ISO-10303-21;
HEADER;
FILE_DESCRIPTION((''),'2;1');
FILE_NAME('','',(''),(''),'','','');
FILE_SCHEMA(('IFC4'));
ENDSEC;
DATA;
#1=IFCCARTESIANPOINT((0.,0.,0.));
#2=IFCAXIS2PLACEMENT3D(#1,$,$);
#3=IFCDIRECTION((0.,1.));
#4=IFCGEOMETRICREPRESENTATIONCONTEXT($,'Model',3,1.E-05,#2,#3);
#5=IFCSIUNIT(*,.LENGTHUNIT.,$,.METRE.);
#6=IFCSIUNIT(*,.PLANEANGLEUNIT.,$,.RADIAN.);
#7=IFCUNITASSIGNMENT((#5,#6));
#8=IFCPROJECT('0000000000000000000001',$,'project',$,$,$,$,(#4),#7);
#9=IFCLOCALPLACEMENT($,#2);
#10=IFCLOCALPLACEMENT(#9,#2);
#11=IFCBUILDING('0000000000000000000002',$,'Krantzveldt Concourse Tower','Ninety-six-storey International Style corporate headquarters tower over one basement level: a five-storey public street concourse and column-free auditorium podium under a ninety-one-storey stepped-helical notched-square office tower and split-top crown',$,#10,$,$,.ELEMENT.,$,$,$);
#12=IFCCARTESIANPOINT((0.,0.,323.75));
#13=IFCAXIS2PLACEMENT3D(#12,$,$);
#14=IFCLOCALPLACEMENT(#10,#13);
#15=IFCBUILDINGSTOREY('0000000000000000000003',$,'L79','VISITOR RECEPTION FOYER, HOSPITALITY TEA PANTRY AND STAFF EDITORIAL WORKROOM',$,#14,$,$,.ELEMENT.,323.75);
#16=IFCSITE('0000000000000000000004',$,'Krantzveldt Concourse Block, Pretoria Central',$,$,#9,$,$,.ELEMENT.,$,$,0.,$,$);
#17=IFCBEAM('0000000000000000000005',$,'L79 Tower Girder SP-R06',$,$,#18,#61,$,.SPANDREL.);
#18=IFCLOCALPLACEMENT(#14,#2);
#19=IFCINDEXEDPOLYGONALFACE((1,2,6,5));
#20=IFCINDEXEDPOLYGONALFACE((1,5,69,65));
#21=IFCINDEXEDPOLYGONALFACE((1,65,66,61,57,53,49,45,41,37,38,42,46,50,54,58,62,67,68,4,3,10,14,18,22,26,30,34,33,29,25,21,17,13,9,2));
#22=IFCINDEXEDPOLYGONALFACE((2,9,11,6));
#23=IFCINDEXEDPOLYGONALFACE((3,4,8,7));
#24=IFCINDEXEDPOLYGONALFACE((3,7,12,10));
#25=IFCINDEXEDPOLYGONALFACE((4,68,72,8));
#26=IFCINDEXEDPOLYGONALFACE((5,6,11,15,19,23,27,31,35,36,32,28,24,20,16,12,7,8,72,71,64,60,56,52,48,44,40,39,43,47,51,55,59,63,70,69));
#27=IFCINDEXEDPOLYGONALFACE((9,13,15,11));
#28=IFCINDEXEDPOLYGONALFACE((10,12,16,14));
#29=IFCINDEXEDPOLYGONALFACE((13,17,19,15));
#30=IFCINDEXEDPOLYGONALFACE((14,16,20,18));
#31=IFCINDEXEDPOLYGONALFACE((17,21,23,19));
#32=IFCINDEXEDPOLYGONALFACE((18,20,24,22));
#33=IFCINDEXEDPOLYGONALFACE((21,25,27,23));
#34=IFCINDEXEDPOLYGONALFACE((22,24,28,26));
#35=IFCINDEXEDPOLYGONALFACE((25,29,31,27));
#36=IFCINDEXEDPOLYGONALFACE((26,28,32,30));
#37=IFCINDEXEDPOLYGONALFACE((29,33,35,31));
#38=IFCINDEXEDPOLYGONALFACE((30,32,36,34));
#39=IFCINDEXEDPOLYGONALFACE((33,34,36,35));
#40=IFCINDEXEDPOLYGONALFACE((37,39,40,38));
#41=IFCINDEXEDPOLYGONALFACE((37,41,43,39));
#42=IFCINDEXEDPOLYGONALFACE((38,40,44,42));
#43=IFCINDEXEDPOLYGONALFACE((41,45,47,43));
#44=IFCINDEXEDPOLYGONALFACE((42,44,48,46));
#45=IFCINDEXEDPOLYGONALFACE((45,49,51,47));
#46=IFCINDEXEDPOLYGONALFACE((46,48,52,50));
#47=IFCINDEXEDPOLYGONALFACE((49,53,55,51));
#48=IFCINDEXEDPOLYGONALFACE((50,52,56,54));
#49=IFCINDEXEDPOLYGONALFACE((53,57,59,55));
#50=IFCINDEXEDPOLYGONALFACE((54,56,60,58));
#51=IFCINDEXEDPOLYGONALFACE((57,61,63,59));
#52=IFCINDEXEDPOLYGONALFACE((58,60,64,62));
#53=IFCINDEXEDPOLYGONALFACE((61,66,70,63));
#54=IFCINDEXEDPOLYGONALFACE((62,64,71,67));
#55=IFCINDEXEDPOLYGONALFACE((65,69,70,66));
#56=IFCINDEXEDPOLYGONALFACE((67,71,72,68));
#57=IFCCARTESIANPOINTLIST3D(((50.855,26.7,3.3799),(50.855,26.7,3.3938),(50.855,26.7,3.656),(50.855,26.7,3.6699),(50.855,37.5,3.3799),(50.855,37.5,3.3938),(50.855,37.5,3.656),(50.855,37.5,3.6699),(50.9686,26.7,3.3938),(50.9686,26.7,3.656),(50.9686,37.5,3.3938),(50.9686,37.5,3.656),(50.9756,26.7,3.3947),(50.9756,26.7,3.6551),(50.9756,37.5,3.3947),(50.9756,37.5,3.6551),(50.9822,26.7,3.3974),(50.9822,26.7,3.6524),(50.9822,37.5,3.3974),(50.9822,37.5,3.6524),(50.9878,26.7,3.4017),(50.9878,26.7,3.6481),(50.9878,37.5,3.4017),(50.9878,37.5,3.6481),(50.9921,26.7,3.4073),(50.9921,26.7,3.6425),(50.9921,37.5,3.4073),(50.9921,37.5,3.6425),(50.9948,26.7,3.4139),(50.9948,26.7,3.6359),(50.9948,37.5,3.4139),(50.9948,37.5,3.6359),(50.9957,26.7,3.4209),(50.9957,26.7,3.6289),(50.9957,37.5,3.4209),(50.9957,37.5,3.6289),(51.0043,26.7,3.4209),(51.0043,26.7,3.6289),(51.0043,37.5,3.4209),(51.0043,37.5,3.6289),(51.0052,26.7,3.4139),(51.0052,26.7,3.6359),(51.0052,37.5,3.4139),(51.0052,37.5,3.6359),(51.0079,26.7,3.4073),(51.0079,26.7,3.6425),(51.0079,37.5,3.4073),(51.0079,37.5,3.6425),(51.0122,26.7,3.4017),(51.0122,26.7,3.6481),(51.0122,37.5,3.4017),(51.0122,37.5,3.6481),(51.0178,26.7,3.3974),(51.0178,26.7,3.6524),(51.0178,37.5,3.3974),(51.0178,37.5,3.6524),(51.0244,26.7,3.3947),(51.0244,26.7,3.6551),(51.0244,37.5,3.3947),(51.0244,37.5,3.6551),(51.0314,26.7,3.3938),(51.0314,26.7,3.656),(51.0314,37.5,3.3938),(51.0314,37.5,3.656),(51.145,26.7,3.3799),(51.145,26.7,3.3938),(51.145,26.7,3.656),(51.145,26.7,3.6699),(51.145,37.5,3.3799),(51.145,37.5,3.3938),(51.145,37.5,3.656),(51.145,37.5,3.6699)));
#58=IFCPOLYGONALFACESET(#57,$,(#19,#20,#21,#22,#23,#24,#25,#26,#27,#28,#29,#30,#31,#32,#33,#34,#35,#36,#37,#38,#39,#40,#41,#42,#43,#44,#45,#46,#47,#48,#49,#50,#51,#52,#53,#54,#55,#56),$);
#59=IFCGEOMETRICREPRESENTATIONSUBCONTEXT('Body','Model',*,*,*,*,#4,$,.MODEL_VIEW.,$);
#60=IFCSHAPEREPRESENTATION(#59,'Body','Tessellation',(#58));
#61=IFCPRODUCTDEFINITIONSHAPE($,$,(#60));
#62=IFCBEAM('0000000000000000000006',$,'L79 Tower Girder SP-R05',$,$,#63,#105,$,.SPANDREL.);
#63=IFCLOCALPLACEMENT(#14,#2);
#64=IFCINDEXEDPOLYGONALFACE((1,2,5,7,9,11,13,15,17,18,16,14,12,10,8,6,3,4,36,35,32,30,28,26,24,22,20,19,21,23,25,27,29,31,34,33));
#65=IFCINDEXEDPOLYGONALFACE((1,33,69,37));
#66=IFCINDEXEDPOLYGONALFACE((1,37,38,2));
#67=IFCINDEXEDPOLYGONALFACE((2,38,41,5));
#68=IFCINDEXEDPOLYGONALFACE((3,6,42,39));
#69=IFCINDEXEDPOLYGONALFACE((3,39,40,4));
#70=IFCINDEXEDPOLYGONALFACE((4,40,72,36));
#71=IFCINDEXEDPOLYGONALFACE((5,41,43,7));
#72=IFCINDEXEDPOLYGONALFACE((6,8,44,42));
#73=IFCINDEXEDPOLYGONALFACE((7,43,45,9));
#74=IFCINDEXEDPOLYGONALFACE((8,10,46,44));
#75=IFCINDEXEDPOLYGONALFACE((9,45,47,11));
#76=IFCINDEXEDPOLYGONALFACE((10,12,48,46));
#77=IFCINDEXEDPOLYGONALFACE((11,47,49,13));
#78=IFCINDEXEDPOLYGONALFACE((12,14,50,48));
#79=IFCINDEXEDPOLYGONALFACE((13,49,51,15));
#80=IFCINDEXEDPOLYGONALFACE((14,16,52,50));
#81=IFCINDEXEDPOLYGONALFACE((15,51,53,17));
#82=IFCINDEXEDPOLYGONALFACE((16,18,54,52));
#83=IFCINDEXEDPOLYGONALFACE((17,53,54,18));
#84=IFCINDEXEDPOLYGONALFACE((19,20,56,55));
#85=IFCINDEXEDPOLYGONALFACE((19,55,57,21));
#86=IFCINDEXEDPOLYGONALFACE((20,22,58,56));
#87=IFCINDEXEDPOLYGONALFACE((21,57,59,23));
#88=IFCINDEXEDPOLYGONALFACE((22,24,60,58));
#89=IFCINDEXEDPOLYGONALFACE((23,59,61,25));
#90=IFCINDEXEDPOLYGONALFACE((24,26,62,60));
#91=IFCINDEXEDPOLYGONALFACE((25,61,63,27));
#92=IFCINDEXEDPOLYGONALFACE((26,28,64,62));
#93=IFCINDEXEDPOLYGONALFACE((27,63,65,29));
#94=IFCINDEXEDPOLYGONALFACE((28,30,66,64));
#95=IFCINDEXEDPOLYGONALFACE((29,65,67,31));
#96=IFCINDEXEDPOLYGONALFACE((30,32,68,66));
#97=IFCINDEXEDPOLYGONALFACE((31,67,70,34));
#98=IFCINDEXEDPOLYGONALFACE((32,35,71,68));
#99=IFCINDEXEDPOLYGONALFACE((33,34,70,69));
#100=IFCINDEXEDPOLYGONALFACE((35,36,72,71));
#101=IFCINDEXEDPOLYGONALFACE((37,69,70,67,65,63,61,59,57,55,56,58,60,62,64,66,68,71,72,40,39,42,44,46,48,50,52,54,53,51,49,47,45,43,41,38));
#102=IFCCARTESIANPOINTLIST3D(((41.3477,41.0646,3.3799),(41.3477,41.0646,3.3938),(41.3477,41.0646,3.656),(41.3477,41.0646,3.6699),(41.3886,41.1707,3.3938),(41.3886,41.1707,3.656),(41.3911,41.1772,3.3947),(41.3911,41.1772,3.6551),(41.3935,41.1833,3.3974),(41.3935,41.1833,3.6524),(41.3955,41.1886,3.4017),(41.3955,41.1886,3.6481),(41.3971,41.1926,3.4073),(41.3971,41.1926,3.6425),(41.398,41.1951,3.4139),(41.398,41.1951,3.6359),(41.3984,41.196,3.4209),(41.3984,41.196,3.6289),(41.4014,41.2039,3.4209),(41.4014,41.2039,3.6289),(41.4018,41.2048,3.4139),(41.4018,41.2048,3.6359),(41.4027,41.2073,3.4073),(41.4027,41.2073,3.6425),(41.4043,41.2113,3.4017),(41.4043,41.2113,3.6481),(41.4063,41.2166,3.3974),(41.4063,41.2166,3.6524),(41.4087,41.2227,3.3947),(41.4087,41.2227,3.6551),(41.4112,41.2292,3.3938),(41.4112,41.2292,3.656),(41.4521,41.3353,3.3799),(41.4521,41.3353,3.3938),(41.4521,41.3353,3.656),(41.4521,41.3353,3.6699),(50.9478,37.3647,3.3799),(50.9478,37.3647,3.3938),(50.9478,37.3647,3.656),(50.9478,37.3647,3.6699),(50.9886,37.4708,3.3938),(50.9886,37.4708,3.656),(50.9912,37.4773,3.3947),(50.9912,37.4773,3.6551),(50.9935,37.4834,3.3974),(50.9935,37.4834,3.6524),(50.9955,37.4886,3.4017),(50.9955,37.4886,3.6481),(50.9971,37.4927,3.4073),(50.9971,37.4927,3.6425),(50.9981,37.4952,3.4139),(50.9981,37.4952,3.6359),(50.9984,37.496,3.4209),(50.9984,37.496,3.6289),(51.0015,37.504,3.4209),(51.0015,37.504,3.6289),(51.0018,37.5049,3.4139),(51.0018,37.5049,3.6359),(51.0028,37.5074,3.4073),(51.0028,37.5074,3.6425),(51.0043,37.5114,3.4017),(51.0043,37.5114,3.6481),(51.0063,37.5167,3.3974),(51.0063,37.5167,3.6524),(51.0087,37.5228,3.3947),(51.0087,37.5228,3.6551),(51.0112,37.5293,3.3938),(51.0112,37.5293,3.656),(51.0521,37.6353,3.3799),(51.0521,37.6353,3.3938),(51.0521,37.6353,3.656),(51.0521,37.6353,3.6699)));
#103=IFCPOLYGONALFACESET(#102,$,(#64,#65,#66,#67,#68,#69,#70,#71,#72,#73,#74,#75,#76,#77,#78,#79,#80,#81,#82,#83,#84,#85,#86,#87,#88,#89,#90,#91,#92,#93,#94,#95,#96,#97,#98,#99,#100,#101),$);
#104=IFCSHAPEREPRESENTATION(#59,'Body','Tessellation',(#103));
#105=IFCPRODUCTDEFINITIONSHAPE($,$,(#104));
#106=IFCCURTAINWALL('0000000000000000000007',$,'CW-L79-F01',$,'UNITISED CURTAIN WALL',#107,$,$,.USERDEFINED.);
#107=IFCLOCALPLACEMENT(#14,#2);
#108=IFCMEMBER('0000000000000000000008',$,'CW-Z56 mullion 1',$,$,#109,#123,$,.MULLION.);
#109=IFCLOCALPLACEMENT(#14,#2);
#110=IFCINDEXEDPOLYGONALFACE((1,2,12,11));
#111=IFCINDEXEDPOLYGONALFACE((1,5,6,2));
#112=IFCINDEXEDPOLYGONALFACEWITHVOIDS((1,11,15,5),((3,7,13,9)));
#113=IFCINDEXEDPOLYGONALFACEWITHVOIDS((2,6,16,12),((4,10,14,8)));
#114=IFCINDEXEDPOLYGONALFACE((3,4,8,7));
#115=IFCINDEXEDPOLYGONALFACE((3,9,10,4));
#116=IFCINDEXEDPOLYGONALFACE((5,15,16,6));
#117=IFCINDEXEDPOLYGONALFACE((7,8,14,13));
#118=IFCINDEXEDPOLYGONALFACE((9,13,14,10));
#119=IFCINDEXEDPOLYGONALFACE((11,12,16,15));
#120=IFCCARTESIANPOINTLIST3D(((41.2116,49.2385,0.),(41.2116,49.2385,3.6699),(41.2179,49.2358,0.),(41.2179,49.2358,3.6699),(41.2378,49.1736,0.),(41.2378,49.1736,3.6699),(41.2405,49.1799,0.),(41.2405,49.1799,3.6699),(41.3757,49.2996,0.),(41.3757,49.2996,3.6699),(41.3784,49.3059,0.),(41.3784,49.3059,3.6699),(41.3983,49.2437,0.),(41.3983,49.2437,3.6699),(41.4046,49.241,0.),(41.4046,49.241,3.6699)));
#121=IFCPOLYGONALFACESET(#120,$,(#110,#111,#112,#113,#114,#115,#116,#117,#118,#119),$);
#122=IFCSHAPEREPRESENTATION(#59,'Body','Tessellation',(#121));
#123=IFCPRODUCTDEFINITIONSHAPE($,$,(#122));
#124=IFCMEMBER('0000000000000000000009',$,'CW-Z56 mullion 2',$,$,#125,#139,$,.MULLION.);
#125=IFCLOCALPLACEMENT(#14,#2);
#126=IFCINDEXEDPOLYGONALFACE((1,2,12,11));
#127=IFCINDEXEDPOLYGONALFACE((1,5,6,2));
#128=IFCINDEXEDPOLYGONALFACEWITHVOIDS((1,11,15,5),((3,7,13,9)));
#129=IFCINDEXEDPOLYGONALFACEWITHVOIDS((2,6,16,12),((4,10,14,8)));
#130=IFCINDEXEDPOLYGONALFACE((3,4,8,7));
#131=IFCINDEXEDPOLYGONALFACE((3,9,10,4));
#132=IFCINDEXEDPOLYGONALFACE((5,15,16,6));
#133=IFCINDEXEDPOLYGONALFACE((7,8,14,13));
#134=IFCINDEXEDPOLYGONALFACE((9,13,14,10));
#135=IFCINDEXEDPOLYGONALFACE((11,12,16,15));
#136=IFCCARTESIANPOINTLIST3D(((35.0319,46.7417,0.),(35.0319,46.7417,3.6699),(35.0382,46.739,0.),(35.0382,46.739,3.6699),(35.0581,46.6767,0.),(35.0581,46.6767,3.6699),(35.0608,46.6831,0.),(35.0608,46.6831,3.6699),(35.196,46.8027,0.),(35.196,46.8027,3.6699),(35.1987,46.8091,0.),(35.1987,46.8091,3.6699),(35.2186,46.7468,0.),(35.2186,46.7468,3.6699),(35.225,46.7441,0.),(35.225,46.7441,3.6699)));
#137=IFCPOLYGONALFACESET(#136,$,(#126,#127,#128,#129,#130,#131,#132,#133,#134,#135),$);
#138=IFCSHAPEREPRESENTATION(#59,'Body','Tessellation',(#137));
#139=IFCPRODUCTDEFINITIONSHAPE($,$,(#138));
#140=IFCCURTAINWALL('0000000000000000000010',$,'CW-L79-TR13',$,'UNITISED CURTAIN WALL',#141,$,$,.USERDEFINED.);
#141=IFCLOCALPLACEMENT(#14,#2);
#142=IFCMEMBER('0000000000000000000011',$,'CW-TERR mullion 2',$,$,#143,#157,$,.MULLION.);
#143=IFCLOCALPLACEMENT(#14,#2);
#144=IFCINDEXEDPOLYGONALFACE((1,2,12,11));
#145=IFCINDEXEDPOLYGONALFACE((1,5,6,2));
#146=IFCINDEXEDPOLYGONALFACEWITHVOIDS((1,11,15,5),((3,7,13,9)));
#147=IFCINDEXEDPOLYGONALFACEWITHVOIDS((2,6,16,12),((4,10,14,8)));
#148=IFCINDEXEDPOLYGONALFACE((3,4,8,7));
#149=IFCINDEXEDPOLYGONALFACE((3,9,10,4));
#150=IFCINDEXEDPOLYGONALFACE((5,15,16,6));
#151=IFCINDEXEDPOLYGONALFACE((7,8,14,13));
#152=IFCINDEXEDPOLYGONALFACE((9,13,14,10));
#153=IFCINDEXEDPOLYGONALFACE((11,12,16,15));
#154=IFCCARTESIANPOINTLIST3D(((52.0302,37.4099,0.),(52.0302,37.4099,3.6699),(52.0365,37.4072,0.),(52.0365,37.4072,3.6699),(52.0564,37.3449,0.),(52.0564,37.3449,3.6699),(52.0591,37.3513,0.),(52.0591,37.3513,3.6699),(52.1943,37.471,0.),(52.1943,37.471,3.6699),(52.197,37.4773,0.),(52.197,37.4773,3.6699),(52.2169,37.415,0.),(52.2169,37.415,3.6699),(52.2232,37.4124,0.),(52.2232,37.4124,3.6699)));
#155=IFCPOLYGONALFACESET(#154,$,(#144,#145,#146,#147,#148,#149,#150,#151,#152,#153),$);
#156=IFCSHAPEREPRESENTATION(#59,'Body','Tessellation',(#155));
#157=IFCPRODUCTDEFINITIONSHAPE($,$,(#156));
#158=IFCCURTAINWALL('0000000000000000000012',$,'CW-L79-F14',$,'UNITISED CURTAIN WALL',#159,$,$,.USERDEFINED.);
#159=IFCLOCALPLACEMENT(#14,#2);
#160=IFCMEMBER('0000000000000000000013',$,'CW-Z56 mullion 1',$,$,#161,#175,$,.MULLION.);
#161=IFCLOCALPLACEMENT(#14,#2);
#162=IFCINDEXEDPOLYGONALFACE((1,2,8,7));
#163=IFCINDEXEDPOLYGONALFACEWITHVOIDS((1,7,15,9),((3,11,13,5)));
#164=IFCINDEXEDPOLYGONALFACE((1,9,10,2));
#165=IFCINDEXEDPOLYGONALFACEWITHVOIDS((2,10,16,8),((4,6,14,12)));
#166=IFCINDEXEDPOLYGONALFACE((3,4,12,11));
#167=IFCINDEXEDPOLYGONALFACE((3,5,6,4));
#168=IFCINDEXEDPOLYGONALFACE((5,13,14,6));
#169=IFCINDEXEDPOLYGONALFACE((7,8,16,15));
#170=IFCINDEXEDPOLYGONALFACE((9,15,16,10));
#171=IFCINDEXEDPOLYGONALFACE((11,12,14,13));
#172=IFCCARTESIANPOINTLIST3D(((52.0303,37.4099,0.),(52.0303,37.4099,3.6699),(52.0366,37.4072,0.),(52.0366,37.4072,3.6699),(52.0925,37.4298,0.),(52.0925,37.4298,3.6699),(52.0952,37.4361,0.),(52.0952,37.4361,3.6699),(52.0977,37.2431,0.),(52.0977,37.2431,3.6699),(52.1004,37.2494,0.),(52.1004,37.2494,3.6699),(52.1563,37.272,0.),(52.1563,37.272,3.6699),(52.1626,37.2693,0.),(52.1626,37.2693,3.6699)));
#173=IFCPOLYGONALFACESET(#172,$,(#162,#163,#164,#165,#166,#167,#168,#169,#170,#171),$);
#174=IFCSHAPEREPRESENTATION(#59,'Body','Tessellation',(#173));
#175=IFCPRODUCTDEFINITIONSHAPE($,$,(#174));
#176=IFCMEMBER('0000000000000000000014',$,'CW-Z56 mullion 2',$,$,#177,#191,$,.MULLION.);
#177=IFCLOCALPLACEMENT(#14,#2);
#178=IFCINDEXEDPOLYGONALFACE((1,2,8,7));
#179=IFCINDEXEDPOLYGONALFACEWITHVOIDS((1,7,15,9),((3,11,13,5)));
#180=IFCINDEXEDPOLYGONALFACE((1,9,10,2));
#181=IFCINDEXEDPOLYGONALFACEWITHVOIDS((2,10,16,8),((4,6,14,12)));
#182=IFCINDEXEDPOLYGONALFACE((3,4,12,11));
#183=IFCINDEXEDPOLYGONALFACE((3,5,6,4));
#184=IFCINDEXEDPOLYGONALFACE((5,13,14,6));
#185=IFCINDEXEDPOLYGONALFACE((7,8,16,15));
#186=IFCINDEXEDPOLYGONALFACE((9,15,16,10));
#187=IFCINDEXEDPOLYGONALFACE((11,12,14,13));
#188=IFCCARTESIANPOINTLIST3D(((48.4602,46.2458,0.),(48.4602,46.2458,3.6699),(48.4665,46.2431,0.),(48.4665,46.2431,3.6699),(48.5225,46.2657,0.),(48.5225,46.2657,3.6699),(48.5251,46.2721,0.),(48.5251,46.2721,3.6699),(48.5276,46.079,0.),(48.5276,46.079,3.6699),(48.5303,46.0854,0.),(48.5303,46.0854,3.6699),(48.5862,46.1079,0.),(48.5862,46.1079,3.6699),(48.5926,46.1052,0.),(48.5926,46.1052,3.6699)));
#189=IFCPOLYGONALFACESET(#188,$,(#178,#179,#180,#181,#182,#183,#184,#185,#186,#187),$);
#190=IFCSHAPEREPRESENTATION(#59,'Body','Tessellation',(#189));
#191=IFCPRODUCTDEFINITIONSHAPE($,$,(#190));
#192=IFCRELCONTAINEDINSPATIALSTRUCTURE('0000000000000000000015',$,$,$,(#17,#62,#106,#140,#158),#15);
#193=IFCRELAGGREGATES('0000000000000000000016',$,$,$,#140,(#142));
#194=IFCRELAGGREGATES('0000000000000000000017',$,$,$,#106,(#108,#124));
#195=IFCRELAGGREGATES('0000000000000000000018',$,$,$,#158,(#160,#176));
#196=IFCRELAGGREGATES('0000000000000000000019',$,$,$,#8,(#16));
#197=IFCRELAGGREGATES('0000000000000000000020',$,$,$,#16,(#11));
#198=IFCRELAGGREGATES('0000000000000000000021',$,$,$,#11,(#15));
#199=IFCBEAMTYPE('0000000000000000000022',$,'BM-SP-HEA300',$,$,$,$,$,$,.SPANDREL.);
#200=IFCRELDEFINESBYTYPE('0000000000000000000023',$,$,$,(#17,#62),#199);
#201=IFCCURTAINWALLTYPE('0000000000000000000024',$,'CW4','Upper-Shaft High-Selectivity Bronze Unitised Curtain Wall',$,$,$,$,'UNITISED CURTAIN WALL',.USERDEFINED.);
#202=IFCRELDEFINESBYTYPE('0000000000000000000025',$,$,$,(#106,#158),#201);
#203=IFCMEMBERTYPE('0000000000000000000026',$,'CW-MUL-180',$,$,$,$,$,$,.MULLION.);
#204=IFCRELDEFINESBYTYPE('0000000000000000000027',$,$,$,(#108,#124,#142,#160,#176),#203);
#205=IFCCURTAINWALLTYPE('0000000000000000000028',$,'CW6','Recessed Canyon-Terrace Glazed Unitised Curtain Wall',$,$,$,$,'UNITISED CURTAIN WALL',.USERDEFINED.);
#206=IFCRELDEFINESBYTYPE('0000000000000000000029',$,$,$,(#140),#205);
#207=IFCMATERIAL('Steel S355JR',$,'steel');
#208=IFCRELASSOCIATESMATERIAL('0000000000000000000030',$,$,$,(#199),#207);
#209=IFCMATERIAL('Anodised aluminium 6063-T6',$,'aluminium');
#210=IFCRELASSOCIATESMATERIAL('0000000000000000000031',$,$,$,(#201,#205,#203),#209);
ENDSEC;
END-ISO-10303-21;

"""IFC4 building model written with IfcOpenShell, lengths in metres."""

from ifc_helpers import new_model, si_unit, direction, frame, origin, origin_2d, place, context, subcontext, project, spatial, hollow_rectangle, i_section, extrude, source, transform, mapped, material, material_profile, profile_set, type_object, type_shapes, element, aggregate, save


model = new_model("IFC4")

# Units and contexts
model_context = context("Model", 3, precision=1e-05, world=origin(), true_north=direction((0.0, 1.0)))
body_context = subcontext(model_context, "Body", "Model", "MODEL_VIEW")
ifc_project = project(units=[si_unit("LENGTHUNIT", "METRE"), si_unit("PLANEANGLEUNIT", "RADIAN")], contexts=[model_context])

# Site, building, storey
site_placement = place(None, origin())
site = spatial("IfcSite", under=ifc_project, at=site_placement, Name="Krantzveldt Concourse Block, Pretoria Central", CompositionType="ELEMENT", RefElevation=0.0)
building_placement = place(site_placement, origin())
building = spatial("IfcBuilding", under=site, at=building_placement, Name="Krantzveldt Concourse Tower", Description="Ninety-six-storey International Style corporate headquarters tower over one basement level: a five-storey public street concourse and column-free auditorium podium under a ninety-one-storey stepped-helical notched-square office tower and split-top crown", CompositionType="ELEMENT")
storey_placement = place(building_placement, frame((0.0, 0.0, 323.75)))
storey = spatial("IfcBuildingStorey", under=building, at=storey_placement, Name="L79", Description="VISITOR RECEPTION FOYER, HOSPITALITY TEA PANTRY AND STAFF EDITORIAL WORKROOM", CompositionType="ELEMENT", Elevation=323.75)

# Beams
ifc_material_1 = material(Name="Steel S355JR", Category="steel")
ifc_material_profile_1 = material_profile(ifc_material_1, i_section(OverallWidth=0.29, OverallDepth=0.29, WebThickness=0.0085, FlangeThickness=0.0139, FilletRadius=0.0271, at=origin_2d()), Name="Steel S355JR", Category="steel")
ifc_profile_set_1 = profile_set([ifc_material_profile_1], Name="Steel S355JR - HEA 300")
beam_type_1 = type_object("IfcBeamType", Name="BM-SP-HEA300", PredefinedType="SPANDREL", material=ifc_profile_set_1)
shared_shape_1 = source(origin(), body_context, "Body", "SweptSolid", [
    extrude(i_section(OverallWidth=0.29, OverallDepth=0.29, WebThickness=0.0085, FlangeThickness=0.0139, FilletRadius=0.0271, at=origin_2d()), origin(), (0.0, 0.0, 1.0), 10.8),
])
beam_1_placement = place(storey_placement, frame((51.0, 37.5, 3.5249), z_axis=(0.0, -1.0, 0.0), x_axis=(1.0, 0.0, 0.0)))
element("IfcBeam", 1, at=beam_1_placement, inside=storey, type_object=beam_type_1, Name="L79 Tower Girder SP-R06", PredefinedType="SPANDREL", context=body_context, shape_type="MappedRepresentation", body=[
    mapped(shared_shape_1, transform((0.0, 0.0, 0.0), x_axis=(1.0, 0.0, 0.0), y_axis=(0.0, 1.0, 0.0), z_axis=(0.0, 0.0, 1.0), scale=1.0)),
])
shared_shape_2 = source(origin(), body_context, "Body", "SweptSolid", [
    extrude(i_section(OverallWidth=0.29, OverallDepth=0.29, WebThickness=0.0085, FlangeThickness=0.0139, FilletRadius=0.0271, at=origin_2d()), origin(), (0.0, 0.0, 1.0), 10.2883),
])
type_shapes(beam_type_1, [shared_shape_1, shared_shape_2])
beam_2_placement = place(storey_placement, frame((41.3999, 41.2, 3.5249), z_axis=(0.933098, -0.359623, 0.0), x_axis=(0.359623, 0.933098, 0.0)))
element("IfcBeam", 2, at=beam_2_placement, inside=storey, type_object=beam_type_1, Name="L79 Tower Girder SP-R05", PredefinedType="SPANDREL", context=body_context, shape_type="MappedRepresentation", body=[
    mapped(shared_shape_2, transform((0.0, 0.0, 0.0), x_axis=(1.0, 0.0, 0.0), y_axis=(0.0, 1.0, 0.0), z_axis=(0.0, 0.0, 1.0), scale=1.0)),
])

# Curtain wall, members
ifc_material_2 = material(Name="Anodised aluminium 6063-T6", Category="aluminium")
curtain_wall_type_1 = type_object("IfcCurtainWallType", Name="CW4", Description="Upper-Shaft High-Selectivity Bronze Unitised Curtain Wall", ElementType="UNITISED CURTAIN WALL", PredefinedType="USERDEFINED", material=ifc_material_2)
curtain_wall_1_placement = place(storey_placement, origin())
curtain_wall_1 = element("IfcCurtainWall", 3, at=curtain_wall_1_placement, inside=storey, type_object=curtain_wall_type_1, Name="CW-L79-F01", ObjectType="UNITISED CURTAIN WALL", PredefinedType="USERDEFINED")
ifc_material_profile_2 = material_profile(ifc_material_2, hollow_rectangle(XDim=0.0701, YDim=0.1799, WallThickness=0.0049, at=origin_2d()), Name="Anodised aluminium 6063-T6", Category="aluminium")
ifc_profile_set_2 = profile_set([ifc_material_profile_2], Name="Anodised aluminium 6063-T6 - ALU-MULL 180x70x5")
member_type_1 = type_object("IfcMemberType", Name="CW-MUL-180", PredefinedType="MULLION", material=ifc_profile_set_2)
shared_shape_3 = source(origin(), body_context, "Body", "SweptSolid", [
    extrude(hollow_rectangle(XDim=0.0701, YDim=0.1799, WallThickness=0.0049, at=origin_2d()), origin(), (0.0, 0.0, 1.0), 3.6699),
])
type_shapes(member_type_1, [shared_shape_3])
member_1_placement = place(storey_placement, frame((41.3081, 49.2397, 0.0), z_axis=(0.0, 0.0, 1.0), x_axis=(0.374607, -0.927184, 0.0)))
member_1 = element("IfcMember", 4, at=member_1_placement, type_object=member_type_1, Name="CW-Z56 mullion 1", PredefinedType="MULLION", context=body_context, shape_type="MappedRepresentation", body=[
    mapped(shared_shape_3, transform((0.0, 0.0, 0.0), x_axis=(1.0, 0.0, 0.0), y_axis=(0.0, 1.0, 0.0), z_axis=(0.0, 0.0, 1.0), scale=1.0)),
])
member_2_placement = place(storey_placement, frame((35.1284, 46.7429, 0.0), z_axis=(0.0, 0.0, 1.0), x_axis=(0.374607, -0.927184, 0.0)))
member_2 = element("IfcMember", 5, at=member_2_placement, type_object=member_type_1, Name="CW-Z56 mullion 2", PredefinedType="MULLION", context=body_context, shape_type="MappedRepresentation", body=[
    mapped(shared_shape_3, transform((0.0, 0.0, 0.0), x_axis=(1.0, 0.0, 0.0), y_axis=(0.0, 1.0, 0.0), z_axis=(0.0, 0.0, 1.0), scale=1.0)),
])

# Curtain wall, member
curtain_wall_type_2 = type_object("IfcCurtainWallType", Name="CW6", Description="Recessed Canyon-Terrace Glazed Unitised Curtain Wall", ElementType="UNITISED CURTAIN WALL", PredefinedType="USERDEFINED", material=ifc_material_2)
curtain_wall_2_placement = place(storey_placement, origin())
curtain_wall_2 = element("IfcCurtainWall", 6, at=curtain_wall_2_placement, inside=storey, type_object=curtain_wall_type_2, Name="CW-L79-TR13", ObjectType="UNITISED CURTAIN WALL", PredefinedType="USERDEFINED")
member_3_placement = place(storey_placement, frame((52.1267, 37.4111, 0.0), z_axis=(0.0, 0.0, 1.0), x_axis=(-0.374605, 0.927185, 0.0)))
member_3 = element("IfcMember", 7, at=member_3_placement, type_object=member_type_1, Name="CW-TERR mullion 2", PredefinedType="MULLION", context=body_context, shape_type="MappedRepresentation", body=[
    mapped(shared_shape_3, transform((0.0, 0.0, 0.0), x_axis=(1.0, 0.0, 0.0), y_axis=(0.0, 1.0, 0.0), z_axis=(0.0, 0.0, 1.0), scale=1.0)),
])

# Curtain wall, members
curtain_wall_3_placement = place(storey_placement, origin())
curtain_wall_3 = element("IfcCurtainWall", 8, at=curtain_wall_3_placement, inside=storey, type_object=curtain_wall_type_1, Name="CW-L79-F14", ObjectType="UNITISED CURTAIN WALL", PredefinedType="USERDEFINED")
member_4_placement = place(storey_placement, frame((52.0964, 37.3396, 0.0), z_axis=(0.0, 0.0, 1.0), x_axis=(-0.927184, -0.374607, 0.0)))
member_4 = element("IfcMember", 9, at=member_4_placement, type_object=member_type_1, Name="CW-Z56 mullion 1", PredefinedType="MULLION", context=body_context, shape_type="MappedRepresentation", body=[
    mapped(shared_shape_3, transform((0.0, 0.0, 0.0), x_axis=(1.0, 0.0, 0.0), y_axis=(0.0, 1.0, 0.0), z_axis=(0.0, 0.0, 1.0), scale=1.0)),
])
member_5_placement = place(storey_placement, frame((48.5264, 46.1755, 0.0), z_axis=(0.0, 0.0, 1.0), x_axis=(-0.927184, -0.374607, 0.0)))
member_5 = element("IfcMember", 10, at=member_5_placement, type_object=member_type_1, Name="CW-Z56 mullion 2", PredefinedType="MULLION", context=body_context, shape_type="MappedRepresentation", body=[
    mapped(shared_shape_3, transform((0.0, 0.0, 0.0), x_axis=(1.0, 0.0, 0.0), y_axis=(0.0, 1.0, 0.0), z_axis=(0.0, 0.0, 1.0), scale=1.0)),
])

aggregate(curtain_wall_2, [member_3])
aggregate(curtain_wall_1, [member_1, member_2])
aggregate(curtain_wall_3, [member_4, member_5])

save(model, "model.ifc")
